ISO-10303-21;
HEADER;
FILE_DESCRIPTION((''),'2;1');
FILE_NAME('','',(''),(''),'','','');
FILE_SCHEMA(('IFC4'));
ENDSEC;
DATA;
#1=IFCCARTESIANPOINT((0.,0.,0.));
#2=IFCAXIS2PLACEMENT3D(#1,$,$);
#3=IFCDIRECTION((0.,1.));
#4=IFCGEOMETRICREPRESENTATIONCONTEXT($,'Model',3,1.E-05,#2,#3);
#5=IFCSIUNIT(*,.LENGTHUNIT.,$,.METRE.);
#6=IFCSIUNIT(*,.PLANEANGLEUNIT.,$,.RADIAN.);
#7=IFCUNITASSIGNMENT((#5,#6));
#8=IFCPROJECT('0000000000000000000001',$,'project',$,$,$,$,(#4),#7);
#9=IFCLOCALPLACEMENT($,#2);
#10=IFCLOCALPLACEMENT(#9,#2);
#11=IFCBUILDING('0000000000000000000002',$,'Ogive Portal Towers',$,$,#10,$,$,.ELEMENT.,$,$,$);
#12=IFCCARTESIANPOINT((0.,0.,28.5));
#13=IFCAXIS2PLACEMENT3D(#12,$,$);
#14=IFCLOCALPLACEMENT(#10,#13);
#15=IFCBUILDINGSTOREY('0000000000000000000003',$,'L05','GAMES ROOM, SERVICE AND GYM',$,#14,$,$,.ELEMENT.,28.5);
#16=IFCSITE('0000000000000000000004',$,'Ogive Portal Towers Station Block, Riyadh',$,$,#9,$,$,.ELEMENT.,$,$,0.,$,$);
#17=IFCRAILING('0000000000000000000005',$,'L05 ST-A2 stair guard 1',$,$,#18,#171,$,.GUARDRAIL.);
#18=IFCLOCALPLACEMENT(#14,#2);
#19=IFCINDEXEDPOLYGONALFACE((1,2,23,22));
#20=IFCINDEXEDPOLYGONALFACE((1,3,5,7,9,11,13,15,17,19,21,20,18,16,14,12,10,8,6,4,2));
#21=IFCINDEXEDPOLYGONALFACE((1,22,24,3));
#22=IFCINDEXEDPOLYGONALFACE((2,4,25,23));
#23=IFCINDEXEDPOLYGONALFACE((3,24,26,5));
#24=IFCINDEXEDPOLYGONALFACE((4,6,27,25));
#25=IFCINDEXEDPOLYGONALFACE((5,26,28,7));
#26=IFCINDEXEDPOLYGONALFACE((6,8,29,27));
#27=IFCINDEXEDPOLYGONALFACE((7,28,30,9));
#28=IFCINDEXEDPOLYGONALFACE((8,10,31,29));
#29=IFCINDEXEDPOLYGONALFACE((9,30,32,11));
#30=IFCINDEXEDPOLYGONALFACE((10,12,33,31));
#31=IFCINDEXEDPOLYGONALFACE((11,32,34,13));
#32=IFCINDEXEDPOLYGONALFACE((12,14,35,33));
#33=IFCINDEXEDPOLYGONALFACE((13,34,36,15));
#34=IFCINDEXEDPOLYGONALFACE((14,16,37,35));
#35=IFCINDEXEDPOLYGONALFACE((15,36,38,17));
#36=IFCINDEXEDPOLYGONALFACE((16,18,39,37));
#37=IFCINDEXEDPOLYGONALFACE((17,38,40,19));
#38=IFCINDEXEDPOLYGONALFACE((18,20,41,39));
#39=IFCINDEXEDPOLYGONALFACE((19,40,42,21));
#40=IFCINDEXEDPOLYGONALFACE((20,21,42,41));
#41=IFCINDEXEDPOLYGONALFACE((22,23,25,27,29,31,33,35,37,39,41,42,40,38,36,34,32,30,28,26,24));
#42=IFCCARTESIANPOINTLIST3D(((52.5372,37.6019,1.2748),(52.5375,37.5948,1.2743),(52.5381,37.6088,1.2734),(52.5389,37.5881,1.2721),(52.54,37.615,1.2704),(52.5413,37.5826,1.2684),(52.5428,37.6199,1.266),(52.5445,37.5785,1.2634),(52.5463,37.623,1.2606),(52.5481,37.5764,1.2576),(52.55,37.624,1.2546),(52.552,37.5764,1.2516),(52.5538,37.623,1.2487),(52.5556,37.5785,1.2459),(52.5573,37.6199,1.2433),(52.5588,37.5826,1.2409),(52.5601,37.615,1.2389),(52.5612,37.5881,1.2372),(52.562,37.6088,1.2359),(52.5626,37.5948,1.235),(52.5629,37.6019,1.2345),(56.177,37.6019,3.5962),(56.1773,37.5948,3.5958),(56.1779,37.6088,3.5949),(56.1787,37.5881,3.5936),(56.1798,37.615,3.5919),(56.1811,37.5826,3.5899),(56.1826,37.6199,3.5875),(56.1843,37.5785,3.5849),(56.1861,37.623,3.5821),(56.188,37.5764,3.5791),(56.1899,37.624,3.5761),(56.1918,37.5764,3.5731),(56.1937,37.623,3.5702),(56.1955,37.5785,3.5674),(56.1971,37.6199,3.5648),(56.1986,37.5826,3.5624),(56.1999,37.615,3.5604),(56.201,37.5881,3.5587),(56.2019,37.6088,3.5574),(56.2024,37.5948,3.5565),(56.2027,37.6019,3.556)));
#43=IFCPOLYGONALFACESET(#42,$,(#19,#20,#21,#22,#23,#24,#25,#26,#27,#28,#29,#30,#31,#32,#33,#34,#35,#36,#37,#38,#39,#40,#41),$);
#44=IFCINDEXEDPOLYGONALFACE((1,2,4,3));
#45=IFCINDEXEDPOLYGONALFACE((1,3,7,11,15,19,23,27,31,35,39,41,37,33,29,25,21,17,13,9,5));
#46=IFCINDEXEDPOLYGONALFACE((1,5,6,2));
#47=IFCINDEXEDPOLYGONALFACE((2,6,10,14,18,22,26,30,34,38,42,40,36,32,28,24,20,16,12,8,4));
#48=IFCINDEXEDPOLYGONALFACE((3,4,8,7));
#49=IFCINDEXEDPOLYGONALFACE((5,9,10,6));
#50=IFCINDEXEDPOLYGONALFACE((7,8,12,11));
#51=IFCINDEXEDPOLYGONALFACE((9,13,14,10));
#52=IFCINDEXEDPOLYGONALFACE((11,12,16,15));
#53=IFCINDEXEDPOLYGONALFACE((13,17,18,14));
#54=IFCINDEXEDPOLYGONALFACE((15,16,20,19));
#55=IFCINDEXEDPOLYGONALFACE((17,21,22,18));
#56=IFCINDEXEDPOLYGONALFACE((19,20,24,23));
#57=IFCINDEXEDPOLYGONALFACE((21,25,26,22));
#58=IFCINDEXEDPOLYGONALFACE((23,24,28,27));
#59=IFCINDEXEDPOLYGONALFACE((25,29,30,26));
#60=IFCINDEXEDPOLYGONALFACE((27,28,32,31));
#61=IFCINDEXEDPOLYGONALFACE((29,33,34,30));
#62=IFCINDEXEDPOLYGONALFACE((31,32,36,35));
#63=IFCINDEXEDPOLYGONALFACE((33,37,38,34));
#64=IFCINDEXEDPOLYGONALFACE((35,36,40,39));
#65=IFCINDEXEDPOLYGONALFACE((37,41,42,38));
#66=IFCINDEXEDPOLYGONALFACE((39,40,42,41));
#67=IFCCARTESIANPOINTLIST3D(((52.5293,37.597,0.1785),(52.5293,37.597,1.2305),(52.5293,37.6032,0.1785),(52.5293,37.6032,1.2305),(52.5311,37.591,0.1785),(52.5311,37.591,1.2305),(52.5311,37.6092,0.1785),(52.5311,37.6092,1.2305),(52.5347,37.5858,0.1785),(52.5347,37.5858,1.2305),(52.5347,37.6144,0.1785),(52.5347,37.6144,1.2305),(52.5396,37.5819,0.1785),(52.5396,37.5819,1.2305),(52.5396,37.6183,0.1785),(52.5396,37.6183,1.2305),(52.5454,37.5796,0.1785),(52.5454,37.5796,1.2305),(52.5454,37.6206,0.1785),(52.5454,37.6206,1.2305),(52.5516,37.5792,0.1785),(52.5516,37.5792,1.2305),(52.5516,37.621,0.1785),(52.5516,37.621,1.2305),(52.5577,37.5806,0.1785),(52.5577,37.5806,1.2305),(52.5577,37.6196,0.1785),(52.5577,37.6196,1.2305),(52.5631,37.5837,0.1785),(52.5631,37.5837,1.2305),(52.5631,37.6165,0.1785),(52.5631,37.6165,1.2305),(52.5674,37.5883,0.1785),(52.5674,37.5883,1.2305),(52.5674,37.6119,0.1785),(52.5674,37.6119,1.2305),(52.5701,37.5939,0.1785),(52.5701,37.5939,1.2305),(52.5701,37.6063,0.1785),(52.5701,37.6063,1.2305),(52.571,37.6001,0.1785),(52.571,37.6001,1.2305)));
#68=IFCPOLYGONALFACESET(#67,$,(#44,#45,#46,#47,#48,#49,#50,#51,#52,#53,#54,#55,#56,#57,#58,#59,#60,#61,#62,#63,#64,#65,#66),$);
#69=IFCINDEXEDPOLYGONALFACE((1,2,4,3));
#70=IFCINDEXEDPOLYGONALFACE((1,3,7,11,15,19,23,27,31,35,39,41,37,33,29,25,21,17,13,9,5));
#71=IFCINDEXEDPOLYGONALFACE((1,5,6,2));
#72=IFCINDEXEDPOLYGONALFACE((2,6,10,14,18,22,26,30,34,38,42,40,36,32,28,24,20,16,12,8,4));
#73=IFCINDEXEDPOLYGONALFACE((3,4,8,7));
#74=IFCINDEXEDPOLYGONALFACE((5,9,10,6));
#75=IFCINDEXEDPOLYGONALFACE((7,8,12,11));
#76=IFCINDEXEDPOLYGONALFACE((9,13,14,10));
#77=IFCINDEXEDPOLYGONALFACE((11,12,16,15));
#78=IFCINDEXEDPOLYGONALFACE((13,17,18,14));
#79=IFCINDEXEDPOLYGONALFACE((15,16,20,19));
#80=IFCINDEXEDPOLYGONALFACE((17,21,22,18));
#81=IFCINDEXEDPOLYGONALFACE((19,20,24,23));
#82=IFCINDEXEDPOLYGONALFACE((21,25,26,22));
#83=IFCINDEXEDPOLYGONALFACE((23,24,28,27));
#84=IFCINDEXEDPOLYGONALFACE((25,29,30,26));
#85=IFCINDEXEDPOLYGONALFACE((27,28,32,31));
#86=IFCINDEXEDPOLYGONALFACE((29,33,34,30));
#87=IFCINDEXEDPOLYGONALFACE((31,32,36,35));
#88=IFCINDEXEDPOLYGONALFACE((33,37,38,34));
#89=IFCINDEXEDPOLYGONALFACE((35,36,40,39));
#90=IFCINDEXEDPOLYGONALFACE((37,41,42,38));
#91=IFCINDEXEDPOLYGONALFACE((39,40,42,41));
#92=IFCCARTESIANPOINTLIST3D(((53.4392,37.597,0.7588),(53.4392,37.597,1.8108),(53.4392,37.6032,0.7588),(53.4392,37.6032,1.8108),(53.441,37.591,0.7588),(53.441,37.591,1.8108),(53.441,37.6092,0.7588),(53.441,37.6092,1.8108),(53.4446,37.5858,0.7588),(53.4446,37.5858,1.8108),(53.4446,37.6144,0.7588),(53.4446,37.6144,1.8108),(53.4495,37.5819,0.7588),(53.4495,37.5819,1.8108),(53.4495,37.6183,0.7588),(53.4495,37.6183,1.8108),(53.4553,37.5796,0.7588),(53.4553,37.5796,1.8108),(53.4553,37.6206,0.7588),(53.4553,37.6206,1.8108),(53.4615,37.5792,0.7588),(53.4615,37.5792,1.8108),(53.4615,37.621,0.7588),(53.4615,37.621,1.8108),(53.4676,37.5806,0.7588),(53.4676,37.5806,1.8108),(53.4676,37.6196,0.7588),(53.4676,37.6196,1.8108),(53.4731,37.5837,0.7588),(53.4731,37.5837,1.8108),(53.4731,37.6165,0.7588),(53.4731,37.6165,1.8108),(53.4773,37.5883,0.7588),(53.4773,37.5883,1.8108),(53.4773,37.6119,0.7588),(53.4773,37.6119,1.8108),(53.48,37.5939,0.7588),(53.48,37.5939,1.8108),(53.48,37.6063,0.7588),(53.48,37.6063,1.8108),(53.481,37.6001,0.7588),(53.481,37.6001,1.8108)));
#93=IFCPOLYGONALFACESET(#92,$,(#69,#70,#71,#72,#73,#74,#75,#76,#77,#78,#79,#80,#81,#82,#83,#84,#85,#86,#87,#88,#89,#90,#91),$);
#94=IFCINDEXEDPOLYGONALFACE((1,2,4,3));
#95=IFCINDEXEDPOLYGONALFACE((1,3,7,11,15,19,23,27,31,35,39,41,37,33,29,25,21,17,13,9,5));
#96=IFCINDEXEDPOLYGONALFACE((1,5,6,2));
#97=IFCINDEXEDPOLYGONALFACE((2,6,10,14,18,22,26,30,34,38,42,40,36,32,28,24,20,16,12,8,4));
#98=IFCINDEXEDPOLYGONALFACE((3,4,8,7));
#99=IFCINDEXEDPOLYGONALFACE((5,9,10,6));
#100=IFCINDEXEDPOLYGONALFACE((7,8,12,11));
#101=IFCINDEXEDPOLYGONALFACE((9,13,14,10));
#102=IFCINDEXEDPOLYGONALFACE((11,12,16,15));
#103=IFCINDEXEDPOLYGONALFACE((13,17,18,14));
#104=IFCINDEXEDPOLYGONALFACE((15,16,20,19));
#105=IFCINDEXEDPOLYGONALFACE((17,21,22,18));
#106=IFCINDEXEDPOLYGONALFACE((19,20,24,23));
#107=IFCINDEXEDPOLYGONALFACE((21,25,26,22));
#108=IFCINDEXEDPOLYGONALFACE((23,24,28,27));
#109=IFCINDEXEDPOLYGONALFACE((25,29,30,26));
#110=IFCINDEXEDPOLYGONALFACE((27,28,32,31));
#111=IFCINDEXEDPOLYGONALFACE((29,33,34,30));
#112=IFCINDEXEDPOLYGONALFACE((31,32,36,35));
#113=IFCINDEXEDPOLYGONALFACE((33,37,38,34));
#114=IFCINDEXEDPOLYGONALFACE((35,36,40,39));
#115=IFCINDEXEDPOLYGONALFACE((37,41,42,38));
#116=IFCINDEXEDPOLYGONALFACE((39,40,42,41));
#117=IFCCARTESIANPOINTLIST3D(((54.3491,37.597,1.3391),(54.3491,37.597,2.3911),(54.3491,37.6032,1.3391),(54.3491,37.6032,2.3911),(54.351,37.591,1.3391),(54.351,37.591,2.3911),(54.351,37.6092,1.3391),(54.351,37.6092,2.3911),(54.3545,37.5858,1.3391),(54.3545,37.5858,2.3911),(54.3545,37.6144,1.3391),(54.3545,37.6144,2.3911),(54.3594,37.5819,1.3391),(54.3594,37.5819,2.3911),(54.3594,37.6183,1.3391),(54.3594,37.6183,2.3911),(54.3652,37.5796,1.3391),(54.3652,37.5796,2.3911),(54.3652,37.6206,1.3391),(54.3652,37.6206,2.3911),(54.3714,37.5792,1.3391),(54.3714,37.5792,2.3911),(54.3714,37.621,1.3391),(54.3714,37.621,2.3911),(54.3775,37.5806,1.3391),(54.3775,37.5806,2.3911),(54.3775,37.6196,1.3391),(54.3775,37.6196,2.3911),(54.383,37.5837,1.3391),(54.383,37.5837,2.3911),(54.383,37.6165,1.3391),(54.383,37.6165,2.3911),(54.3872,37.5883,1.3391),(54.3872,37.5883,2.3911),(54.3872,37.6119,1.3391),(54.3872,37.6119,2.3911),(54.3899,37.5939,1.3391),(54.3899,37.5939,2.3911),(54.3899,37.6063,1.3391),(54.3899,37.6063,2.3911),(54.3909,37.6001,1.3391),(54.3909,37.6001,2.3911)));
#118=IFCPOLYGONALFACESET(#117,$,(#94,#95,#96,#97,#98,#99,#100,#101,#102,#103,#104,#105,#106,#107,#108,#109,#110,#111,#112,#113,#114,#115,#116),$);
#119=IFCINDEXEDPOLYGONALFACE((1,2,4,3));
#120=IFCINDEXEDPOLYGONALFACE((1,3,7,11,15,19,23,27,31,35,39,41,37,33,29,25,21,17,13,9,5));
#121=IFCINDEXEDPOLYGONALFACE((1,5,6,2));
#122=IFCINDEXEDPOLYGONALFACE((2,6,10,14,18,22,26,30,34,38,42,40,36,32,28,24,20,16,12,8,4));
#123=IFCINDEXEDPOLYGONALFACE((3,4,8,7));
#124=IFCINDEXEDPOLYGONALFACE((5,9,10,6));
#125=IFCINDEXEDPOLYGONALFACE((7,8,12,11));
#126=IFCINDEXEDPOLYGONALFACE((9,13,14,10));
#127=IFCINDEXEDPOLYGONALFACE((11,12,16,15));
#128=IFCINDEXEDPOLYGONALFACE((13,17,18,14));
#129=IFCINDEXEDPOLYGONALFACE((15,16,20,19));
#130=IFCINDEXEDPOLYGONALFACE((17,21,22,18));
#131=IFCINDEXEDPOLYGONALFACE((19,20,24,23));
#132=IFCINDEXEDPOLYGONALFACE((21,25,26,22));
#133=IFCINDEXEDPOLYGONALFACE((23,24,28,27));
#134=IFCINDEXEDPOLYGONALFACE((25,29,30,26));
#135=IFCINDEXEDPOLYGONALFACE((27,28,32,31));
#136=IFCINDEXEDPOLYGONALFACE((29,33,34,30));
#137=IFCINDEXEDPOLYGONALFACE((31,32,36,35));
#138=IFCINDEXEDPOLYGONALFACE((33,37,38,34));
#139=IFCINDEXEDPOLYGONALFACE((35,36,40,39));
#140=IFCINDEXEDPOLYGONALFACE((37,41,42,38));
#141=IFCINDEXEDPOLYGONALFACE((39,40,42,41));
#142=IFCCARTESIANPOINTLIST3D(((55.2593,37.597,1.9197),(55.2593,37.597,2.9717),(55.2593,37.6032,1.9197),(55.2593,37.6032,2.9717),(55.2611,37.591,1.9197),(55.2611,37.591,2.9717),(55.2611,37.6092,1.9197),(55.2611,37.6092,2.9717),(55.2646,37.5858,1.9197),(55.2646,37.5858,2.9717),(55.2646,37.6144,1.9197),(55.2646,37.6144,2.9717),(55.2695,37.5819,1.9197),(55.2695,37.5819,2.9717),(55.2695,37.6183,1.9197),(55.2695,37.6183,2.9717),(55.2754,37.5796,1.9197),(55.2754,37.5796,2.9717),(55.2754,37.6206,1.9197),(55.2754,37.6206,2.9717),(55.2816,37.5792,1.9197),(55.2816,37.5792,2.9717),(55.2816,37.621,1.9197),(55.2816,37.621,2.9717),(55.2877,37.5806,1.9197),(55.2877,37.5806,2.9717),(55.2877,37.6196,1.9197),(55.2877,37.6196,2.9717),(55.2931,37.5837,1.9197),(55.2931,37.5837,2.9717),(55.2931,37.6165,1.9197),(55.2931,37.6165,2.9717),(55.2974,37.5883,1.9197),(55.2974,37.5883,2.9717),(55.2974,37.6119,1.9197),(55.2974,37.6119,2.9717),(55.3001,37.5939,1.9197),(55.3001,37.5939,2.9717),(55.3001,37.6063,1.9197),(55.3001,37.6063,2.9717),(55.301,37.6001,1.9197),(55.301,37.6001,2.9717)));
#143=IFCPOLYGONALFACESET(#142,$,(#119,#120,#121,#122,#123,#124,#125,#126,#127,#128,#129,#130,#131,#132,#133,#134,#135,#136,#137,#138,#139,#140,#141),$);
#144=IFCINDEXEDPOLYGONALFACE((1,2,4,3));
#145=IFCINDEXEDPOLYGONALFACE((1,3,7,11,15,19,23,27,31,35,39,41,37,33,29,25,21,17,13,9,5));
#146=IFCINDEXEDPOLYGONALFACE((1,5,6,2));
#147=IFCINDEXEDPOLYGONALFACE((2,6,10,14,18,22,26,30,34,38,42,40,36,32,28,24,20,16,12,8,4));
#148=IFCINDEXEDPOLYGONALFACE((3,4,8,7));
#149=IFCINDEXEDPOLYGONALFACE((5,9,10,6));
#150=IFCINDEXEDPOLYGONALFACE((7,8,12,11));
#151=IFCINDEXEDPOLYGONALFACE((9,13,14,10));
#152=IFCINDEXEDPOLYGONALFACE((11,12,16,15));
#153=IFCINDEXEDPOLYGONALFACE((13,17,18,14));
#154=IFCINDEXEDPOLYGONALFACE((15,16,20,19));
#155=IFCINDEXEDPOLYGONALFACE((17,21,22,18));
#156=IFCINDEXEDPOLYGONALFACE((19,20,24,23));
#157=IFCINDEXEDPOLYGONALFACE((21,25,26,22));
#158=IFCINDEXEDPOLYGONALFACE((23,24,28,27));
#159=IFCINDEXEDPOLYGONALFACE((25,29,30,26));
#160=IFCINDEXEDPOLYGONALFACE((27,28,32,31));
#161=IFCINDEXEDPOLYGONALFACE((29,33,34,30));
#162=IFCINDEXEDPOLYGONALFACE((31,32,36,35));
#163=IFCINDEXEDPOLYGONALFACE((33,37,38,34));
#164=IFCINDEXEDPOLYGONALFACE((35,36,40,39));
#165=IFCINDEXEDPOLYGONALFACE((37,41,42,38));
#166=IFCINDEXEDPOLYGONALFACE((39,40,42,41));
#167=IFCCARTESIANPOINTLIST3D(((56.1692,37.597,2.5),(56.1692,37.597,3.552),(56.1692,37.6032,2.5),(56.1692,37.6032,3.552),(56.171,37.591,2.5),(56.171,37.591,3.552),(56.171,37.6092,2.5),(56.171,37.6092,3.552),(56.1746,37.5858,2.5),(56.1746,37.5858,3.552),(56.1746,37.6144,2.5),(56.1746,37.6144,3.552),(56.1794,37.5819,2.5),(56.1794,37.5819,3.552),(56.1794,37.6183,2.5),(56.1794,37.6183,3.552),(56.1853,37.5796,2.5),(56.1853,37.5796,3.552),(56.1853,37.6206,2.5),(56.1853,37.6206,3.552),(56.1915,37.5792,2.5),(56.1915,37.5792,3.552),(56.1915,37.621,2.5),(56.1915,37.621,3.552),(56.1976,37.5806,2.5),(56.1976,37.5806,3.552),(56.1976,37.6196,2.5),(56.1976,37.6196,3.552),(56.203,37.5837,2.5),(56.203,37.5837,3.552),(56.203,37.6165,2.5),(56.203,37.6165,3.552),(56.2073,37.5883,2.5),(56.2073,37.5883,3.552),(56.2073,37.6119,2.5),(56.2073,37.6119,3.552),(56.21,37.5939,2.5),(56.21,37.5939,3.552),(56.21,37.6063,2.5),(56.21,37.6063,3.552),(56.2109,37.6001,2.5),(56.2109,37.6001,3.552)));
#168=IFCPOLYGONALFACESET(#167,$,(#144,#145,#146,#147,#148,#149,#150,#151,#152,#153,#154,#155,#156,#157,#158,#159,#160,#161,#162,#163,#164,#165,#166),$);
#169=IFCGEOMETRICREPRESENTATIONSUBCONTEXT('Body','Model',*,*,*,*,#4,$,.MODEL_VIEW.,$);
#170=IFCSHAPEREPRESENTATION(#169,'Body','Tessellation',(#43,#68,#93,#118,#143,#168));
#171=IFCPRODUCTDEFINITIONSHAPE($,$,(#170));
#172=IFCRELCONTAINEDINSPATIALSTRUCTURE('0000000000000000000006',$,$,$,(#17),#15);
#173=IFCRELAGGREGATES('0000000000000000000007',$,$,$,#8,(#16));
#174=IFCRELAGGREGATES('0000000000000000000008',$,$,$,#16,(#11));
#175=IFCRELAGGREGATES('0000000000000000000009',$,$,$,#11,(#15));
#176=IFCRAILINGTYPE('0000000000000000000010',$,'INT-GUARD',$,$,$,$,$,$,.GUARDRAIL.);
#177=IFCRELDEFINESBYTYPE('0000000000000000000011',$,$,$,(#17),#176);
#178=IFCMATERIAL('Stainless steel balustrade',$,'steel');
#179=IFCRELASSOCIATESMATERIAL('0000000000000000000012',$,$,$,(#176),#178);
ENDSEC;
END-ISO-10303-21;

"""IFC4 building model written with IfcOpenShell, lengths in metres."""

from ifc_helpers import new_model, si_unit, direction, frame, origin, origin_2d, place, context, subcontext, project, spatial, circle, extrude, material, type_object, element, save


model = new_model("IFC4")

# Units and contexts
model_context = context("Model", 3, precision=1e-05, world=origin(), true_north=direction((0.0, 1.0)))
body_context = subcontext(model_context, "Body", "Model", "MODEL_VIEW")
ifc_project = project(units=[si_unit("LENGTHUNIT", "METRE"), si_unit("PLANEANGLEUNIT", "RADIAN")], contexts=[model_context])

# Site, building, storey
site_placement = place(None, origin())
site = spatial("IfcSite", under=ifc_project, at=site_placement, Name="Ogive Portal Towers Station Block, Riyadh", CompositionType="ELEMENT", RefElevation=0.0)
building_placement = place(site_placement, origin())
building = spatial("IfcBuilding", under=site, at=building_placement, Name="Ogive Portal Towers", CompositionType="ELEMENT")
storey_placement = place(building_placement, frame((0.0, 0.0, 28.5)))
storey = spatial("IfcBuildingStorey", under=building, at=storey_placement, Name="L05", Description="GAMES ROOM, SERVICE AND GYM", CompositionType="ELEMENT", Elevation=28.5)

# Railing
ifc_material_1 = material(Name="Stainless steel balustrade", Category="steel")
railing_type_1 = type_object("IfcRailingType", Name="INT-GUARD", PredefinedType="GUARDRAIL", material=ifc_material_1)
railing_1_placement = place(storey_placement, frame((52.55, 37.6001, 0.1785)))
element("IfcRailing", 1, at=railing_1_placement, inside=storey, type_object=railing_type_1, Name="L05 ST-A2 stair guard 1", PredefinedType="GUARDRAIL", context=body_context, shape_type="SweptSolid", body=[
    extrude(circle(Radius=0.0239, at=origin_2d()), frame((0.0, 0.0, 1.0762), z_axis=(0.843112, 0.0, 0.537739), x_axis=(0.0, 1.0, 0.0)), (0.0, 0.0, 1.0), 4.3171),
    extrude(circle(Radius=0.021, at=origin_2d()), origin(), (0.0, 0.0, 1.0), 1.052),
    extrude(circle(Radius=0.021, at=origin_2d()), frame((0.9099, 0.0, 0.5803)), (0.0, 0.0, 1.0), 1.052),
    extrude(circle(Radius=0.021, at=origin_2d()), frame((1.8198, 0.0, 1.1606)), (0.0, 0.0, 1.0), 1.052),
    extrude(circle(Radius=0.021, at=origin_2d()), frame((2.73, 0.0, 1.7412)), (0.0, 0.0, 1.0), 1.052),
    extrude(circle(Radius=0.021, at=origin_2d()), frame((3.6399, 0.0, 2.3215)), (0.0, 0.0, 1.0), 1.052),
])

save(model, "model.ifc")
